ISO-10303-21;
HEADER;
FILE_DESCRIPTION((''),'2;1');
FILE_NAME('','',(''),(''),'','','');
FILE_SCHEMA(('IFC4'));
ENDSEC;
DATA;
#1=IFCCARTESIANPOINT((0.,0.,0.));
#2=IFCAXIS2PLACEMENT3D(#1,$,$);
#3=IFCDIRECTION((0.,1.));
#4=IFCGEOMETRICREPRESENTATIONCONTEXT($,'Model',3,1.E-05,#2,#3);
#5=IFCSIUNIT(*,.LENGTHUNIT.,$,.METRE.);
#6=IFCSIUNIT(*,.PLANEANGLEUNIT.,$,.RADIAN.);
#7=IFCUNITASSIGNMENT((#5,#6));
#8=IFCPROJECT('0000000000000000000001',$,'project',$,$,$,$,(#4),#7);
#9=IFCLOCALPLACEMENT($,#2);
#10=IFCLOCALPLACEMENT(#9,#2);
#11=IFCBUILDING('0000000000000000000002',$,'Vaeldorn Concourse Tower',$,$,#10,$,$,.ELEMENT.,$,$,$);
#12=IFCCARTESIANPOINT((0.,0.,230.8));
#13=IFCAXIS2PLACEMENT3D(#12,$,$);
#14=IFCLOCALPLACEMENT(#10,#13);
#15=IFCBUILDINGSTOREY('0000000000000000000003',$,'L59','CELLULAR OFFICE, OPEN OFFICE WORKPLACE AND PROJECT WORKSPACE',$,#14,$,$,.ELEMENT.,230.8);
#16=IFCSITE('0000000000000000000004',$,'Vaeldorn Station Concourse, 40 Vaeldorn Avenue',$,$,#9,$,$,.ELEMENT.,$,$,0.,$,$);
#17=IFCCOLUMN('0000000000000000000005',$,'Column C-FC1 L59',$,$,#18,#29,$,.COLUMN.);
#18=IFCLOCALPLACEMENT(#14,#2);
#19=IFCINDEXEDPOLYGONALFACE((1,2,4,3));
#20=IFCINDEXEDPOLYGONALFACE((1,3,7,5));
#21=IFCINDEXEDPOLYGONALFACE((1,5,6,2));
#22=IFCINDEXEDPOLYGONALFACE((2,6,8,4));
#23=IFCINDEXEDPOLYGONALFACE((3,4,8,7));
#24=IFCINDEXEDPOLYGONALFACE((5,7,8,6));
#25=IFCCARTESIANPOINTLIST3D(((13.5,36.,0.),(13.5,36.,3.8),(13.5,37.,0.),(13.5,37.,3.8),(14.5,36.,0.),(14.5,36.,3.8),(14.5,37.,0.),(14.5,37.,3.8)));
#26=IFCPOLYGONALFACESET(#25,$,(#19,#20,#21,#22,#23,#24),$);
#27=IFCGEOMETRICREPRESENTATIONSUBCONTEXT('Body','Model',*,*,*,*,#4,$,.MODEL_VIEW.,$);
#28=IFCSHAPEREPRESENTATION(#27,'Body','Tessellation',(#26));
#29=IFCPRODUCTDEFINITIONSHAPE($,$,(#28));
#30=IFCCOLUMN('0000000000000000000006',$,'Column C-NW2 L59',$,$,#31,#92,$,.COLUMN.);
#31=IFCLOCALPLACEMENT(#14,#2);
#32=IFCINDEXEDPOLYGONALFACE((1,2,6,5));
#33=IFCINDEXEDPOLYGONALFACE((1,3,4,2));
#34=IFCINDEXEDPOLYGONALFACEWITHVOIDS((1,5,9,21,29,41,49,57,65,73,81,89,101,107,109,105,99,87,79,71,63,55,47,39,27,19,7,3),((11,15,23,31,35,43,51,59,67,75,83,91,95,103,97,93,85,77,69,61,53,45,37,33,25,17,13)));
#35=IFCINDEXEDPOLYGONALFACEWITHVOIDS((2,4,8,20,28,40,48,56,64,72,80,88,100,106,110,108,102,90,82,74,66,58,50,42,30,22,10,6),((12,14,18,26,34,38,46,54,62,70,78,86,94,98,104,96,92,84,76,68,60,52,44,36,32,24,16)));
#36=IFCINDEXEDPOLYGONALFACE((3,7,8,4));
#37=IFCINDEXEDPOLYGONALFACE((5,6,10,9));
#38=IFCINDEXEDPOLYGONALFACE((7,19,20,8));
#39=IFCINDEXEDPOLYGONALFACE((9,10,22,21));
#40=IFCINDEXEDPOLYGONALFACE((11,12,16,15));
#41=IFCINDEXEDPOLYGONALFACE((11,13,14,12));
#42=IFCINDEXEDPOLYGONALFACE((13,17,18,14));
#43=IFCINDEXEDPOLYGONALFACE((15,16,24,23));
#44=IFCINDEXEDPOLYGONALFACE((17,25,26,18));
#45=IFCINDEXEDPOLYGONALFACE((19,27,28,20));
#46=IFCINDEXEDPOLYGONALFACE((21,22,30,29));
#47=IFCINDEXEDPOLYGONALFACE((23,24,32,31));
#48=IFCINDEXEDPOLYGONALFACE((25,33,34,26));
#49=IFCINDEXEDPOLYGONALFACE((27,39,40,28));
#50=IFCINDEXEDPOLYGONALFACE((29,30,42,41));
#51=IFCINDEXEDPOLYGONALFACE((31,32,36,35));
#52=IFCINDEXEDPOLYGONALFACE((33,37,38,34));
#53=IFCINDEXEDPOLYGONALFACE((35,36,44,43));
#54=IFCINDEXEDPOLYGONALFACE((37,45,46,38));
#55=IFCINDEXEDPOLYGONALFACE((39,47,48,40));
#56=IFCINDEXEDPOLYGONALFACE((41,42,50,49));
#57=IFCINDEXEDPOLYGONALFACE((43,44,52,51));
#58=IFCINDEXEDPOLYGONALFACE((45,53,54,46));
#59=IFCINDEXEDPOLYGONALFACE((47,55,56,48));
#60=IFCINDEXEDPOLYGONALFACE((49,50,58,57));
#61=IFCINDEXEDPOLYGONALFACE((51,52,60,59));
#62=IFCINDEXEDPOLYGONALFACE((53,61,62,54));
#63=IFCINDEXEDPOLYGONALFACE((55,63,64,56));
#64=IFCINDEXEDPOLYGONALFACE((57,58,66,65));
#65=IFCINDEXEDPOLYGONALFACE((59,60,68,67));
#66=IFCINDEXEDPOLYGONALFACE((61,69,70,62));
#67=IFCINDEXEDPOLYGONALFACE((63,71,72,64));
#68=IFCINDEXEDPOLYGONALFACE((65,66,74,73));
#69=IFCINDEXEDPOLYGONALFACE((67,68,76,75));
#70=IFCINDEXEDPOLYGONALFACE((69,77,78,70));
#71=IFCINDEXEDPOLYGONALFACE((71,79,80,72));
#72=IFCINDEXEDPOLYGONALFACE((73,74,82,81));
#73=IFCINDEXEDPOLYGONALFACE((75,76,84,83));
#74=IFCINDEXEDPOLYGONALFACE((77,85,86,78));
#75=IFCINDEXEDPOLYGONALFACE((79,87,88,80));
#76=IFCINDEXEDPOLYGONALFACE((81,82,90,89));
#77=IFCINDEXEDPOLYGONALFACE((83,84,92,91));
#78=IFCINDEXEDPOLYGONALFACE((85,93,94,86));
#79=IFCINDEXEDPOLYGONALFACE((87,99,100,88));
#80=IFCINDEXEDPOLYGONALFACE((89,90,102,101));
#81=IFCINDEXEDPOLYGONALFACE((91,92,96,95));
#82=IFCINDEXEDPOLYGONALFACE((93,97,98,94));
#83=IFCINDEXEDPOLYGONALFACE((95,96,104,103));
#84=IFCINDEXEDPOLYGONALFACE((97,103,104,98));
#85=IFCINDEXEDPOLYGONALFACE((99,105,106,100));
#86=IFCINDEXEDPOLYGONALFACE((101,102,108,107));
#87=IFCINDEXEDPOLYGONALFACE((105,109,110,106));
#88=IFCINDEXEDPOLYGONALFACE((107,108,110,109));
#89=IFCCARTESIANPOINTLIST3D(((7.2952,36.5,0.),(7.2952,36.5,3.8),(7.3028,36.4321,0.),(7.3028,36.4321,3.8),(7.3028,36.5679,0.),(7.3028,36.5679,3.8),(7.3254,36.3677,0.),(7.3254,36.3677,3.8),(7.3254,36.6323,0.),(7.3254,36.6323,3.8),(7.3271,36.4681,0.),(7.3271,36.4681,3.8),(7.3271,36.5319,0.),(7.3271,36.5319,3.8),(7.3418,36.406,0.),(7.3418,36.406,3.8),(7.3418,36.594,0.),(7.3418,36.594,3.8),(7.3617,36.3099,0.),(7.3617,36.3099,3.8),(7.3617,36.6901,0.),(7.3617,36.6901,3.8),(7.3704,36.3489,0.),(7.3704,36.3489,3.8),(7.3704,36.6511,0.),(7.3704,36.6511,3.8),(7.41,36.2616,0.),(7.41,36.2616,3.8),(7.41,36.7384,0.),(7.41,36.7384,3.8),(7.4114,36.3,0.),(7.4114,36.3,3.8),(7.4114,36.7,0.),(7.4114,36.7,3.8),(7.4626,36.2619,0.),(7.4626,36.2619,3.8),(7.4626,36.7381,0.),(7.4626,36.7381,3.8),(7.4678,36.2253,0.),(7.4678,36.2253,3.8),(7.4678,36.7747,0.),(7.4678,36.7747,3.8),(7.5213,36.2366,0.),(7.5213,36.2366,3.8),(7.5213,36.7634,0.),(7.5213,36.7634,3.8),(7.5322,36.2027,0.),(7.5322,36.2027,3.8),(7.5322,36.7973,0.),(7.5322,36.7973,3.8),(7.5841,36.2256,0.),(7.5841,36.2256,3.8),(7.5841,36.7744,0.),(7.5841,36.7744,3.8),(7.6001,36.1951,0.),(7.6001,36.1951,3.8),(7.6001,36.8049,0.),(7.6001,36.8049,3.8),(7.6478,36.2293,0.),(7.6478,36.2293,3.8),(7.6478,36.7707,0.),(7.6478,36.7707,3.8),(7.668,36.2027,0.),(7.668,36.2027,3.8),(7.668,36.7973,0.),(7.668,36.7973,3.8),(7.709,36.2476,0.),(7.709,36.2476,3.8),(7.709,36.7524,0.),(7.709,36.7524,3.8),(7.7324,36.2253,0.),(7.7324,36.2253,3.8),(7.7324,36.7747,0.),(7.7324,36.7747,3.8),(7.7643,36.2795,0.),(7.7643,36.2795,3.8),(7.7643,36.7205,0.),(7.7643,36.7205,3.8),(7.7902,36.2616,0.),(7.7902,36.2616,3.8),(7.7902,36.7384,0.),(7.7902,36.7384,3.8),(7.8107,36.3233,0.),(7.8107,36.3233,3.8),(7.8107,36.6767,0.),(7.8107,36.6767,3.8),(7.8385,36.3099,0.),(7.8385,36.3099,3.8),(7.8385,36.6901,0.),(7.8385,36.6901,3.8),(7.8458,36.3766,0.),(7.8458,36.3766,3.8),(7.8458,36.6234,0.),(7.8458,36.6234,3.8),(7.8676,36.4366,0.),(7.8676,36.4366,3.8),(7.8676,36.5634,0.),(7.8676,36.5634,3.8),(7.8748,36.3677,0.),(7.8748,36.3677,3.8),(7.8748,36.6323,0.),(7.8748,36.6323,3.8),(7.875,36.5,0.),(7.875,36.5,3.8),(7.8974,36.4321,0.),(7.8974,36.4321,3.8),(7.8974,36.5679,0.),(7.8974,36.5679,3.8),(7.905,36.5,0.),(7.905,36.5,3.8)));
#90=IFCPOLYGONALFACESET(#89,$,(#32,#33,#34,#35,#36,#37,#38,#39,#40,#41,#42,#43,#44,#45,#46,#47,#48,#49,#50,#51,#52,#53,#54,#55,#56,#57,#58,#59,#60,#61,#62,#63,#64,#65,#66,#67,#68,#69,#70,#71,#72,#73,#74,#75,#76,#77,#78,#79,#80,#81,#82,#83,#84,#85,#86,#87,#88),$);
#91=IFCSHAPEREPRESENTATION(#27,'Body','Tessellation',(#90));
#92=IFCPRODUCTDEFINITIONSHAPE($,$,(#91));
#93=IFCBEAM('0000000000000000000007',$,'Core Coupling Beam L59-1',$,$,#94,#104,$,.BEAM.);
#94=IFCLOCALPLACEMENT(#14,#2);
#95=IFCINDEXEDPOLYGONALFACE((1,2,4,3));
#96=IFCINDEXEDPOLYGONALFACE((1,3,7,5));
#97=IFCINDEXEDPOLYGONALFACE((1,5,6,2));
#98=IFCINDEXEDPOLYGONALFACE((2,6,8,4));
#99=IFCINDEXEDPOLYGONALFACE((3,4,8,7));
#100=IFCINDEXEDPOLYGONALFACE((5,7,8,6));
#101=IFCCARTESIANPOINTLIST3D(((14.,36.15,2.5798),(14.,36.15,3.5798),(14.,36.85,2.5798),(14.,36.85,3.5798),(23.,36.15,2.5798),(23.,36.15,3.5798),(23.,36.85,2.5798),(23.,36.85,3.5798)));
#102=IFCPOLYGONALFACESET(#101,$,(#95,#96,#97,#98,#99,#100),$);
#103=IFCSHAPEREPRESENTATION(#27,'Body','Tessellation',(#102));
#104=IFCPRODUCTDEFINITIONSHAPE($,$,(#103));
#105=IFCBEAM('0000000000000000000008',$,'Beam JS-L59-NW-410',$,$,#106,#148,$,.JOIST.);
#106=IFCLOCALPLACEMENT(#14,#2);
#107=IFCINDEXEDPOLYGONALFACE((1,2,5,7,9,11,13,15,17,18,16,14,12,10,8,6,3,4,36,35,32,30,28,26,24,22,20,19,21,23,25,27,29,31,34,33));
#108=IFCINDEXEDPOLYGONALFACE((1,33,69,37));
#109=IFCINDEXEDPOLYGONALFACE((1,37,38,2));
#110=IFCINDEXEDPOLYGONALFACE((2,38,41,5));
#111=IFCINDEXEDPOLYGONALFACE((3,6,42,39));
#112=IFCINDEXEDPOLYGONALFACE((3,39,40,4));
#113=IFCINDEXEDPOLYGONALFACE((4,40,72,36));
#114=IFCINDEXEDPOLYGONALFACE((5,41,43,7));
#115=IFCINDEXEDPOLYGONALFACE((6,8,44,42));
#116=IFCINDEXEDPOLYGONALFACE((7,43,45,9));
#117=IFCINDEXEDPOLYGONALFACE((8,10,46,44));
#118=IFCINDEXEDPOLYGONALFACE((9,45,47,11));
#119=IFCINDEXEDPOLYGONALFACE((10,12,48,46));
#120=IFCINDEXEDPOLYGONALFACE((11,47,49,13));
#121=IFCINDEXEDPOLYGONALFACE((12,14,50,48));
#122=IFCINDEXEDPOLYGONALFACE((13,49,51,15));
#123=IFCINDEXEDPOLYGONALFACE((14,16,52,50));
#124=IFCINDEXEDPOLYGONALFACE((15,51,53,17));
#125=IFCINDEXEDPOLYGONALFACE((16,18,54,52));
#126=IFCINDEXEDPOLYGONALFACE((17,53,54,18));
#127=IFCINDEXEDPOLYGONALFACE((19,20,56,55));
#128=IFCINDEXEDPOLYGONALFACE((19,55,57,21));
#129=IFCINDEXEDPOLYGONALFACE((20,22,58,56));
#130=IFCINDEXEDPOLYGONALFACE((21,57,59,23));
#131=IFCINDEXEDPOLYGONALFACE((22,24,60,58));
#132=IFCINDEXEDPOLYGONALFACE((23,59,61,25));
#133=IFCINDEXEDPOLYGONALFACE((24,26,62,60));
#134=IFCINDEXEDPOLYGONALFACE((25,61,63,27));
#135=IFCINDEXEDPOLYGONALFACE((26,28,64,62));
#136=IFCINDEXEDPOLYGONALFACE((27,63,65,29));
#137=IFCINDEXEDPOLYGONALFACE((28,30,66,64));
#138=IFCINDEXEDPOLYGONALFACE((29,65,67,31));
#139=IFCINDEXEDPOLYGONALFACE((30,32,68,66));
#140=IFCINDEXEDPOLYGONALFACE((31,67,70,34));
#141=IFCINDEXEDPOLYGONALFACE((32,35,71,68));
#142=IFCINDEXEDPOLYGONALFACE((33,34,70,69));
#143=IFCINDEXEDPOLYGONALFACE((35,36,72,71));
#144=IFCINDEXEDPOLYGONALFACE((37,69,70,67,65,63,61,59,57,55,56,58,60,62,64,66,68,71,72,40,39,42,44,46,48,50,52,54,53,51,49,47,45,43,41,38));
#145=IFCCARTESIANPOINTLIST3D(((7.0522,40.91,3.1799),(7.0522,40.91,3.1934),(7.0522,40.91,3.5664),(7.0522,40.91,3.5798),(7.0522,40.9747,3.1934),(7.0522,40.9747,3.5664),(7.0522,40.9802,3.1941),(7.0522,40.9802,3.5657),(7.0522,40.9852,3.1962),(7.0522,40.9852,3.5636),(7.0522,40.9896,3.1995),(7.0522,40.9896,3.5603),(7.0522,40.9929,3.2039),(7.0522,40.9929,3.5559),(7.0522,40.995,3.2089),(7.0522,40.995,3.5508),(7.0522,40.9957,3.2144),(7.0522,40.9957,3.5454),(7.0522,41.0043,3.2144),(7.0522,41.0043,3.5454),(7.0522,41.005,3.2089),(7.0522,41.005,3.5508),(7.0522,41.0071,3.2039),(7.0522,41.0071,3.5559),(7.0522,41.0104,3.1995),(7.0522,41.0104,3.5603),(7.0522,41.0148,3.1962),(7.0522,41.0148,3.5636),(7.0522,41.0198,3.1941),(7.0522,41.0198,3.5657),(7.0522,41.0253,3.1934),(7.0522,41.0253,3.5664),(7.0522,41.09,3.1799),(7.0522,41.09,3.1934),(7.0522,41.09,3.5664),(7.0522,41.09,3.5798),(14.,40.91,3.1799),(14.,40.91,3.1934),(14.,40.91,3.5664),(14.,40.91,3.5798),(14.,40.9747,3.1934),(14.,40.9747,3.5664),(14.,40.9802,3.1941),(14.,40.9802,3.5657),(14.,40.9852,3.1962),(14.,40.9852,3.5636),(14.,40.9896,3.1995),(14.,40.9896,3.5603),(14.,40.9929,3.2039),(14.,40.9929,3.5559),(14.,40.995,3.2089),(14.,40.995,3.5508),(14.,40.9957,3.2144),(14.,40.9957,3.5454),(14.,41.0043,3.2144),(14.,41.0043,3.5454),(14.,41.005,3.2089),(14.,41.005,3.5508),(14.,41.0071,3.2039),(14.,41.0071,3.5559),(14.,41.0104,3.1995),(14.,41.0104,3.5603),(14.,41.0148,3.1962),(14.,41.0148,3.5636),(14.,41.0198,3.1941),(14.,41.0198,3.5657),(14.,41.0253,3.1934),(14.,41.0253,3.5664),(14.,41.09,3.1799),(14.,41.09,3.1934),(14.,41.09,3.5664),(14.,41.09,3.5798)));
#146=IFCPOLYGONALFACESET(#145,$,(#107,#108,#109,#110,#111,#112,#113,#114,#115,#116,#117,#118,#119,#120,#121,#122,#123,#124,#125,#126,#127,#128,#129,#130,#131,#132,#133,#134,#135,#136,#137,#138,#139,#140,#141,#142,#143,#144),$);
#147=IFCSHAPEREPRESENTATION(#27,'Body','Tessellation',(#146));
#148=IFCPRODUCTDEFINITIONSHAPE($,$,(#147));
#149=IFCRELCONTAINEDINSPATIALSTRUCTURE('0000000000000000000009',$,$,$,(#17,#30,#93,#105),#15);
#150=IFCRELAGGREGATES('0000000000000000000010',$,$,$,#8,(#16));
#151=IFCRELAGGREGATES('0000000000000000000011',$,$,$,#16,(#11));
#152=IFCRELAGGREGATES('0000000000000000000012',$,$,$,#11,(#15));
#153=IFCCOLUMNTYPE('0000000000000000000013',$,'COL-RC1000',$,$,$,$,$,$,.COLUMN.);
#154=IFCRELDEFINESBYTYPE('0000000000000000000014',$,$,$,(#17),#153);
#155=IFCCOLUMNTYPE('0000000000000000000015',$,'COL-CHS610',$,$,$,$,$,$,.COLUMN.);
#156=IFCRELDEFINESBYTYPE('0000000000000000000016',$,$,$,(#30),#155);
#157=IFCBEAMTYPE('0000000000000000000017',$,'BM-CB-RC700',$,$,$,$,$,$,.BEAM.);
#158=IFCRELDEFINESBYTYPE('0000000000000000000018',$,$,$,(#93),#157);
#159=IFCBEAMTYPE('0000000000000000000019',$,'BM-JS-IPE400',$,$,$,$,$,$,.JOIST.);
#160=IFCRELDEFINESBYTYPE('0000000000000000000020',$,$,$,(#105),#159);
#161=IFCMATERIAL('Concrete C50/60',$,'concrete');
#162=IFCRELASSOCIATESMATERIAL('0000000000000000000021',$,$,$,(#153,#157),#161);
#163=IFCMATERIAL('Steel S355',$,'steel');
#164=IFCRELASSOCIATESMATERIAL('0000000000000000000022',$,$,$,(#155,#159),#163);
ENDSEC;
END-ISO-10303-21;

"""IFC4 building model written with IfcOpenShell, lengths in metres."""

from ifc_helpers import new_model, si_unit, direction, frame, origin, origin_2d, place, context, subcontext, project, spatial, rectangle, hollow_circle, i_section, extrude, source, transform, mapped, material, material_profile, profile_set, type_object, element, save


model = new_model("IFC4")

# Units and contexts
model_context = context("Model", 3, precision=1e-05, world=origin(), true_north=direction((0.0, 1.0)))
body_context = subcontext(model_context, "Body", "Model", "MODEL_VIEW")
ifc_project = project(units=[si_unit("LENGTHUNIT", "METRE"), si_unit("PLANEANGLEUNIT", "RADIAN")], contexts=[model_context])

# Site, building, storey
site_placement = place(None, origin())
site = spatial("IfcSite", under=ifc_project, at=site_placement, Name="Vaeldorn Station Concourse, 40 Vaeldorn Avenue", CompositionType="ELEMENT", RefElevation=0.0)
building_placement = place(site_placement, origin())
building = spatial("IfcBuilding", under=site, at=building_placement, Name="Vaeldorn Concourse Tower", CompositionType="ELEMENT")
storey_placement = place(building_placement, frame((0.0, 0.0, 230.8)))
storey = spatial("IfcBuildingStorey", under=building, at=storey_placement, Name="L59", Description="CELLULAR OFFICE, OPEN OFFICE WORKPLACE AND PROJECT WORKSPACE", CompositionType="ELEMENT", Elevation=230.8)

# Columns
ifc_material_1 = material(Name="Concrete C50/60", Category="concrete")
ifc_material_profile_1 = material_profile(ifc_material_1, rectangle(XDim=1.0, YDim=1.0, at=origin_2d()), Name="RC 1000x1000")
ifc_profile_set_1 = profile_set([ifc_material_profile_1], Name="Concrete C50/60")
column_type_1 = type_object("IfcColumnType", Name="COL-RC1000", PredefinedType="COLUMN", material=ifc_profile_set_1)
shared_shape_1 = source(origin(), body_context, "Body", "SweptSolid", [
    extrude(rectangle(XDim=1.0, YDim=1.0, at=origin_2d()), origin(), (0.0, 0.0, 1.0), 3.8),
])
column_1_placement = place(storey_placement, frame((14.0, 36.5, 0.0), z_axis=(0.0, 0.0, 1.0), x_axis=(1.0, 0.0, 0.0)))
element("IfcColumn", 1, at=column_1_placement, inside=storey, type_object=column_type_1, Name="Column C-FC1 L59", PredefinedType="COLUMN", context=body_context, shape_type="MappedRepresentation", body=[
    mapped(shared_shape_1, transform((0.0, 0.0, 0.0), scale=1.0)),
])
ifc_material_2 = material(Name="Steel S355", Category="steel")
ifc_material_profile_2 = material_profile(ifc_material_2, hollow_circle(Radius=0.3049, WallThickness=0.03, at=origin_2d()), Name="CHS 610x30")
ifc_profile_set_2 = profile_set([ifc_material_profile_2], Name="Steel S355")
column_type_2 = type_object("IfcColumnType", Name="COL-CHS610", PredefinedType="COLUMN", material=ifc_profile_set_2)
shared_shape_2 = source(origin(), body_context, "Body", "SweptSolid", [
    extrude(hollow_circle(Radius=0.3049, WallThickness=0.03, at=origin_2d()), origin(), (0.0, 0.0, 1.0), 3.8),
])
column_2_placement = place(storey_placement, frame((7.6001, 36.5, 0.0), z_axis=(0.0, 0.0, 1.0), x_axis=(1.0, 0.0, 0.0)))
element("IfcColumn", 2, at=column_2_placement, inside=storey, type_object=column_type_2, Name="Column C-NW2 L59", PredefinedType="COLUMN", context=body_context, shape_type="MappedRepresentation", body=[
    mapped(shared_shape_2, transform((0.0, 0.0, 0.0), scale=1.0)),
])

# Beams
ifc_material_profile_3 = material_profile(ifc_material_1, rectangle(XDim=0.7, YDim=1.0, at=origin_2d()), Name="RC 700x1000")
ifc_profile_set_3 = profile_set([ifc_material_profile_3], Name="Concrete C50/60")
beam_type_1 = type_object("IfcBeamType", Name="BM-CB-RC700", PredefinedType="BEAM", material=ifc_profile_set_3)
shared_shape_3 = source(origin(), body_context, "Body", "SweptSolid", [
    extrude(rectangle(XDim=0.7, YDim=1.0, at=origin_2d()), origin(), (0.0, 0.0, 1.0), 9.0),
])
beam_1_placement = place(storey_placement, frame((14.0, 36.5, 3.0798), z_axis=(1.0, 0.0, 0.0), x_axis=(0.0, 1.0, 0.0)))
element("IfcBeam", 3, at=beam_1_placement, inside=storey, type_object=beam_type_1, Name="Core Coupling Beam L59-1", PredefinedType="BEAM", context=body_context, shape_type="MappedRepresentation", body=[
    mapped(shared_shape_3, transform((0.0, 0.0, 0.0), scale=1.0)),
])
ifc_material_profile_4 = material_profile(ifc_material_2, i_section(OverallWidth=0.1799, OverallDepth=0.3999, WebThickness=0.0085, FlangeThickness=0.0134, FilletRadius=0.021, at=origin_2d()), Name="IPE 400")
ifc_profile_set_4 = profile_set([ifc_material_profile_4], Name="Steel S355")
beam_type_2 = type_object("IfcBeamType", Name="BM-JS-IPE400", PredefinedType="JOIST", material=ifc_profile_set_4)
shared_shape_4 = source(origin(), body_context, "Body", "SweptSolid", [
    extrude(i_section(OverallWidth=0.1799, OverallDepth=0.3999, WebThickness=0.0085, FlangeThickness=0.0134, FilletRadius=0.021, at=origin_2d()), origin(), (0.0, 0.0, 1.0), 6.9478),
])
beam_2_placement = place(storey_placement, frame((7.0522, 41.0, 3.3799), z_axis=(1.0, 0.0, 0.0), x_axis=(0.0, 1.0, 0.0)))
element("IfcBeam", 4, at=beam_2_placement, inside=storey, type_object=beam_type_2, Name="Beam JS-L59-NW-410", PredefinedType="JOIST", context=body_context, shape_type="MappedRepresentation", body=[
    mapped(shared_shape_4, transform((0.0, 0.0, 0.0), scale=1.0)),
])

save(model, "model.ifc")
